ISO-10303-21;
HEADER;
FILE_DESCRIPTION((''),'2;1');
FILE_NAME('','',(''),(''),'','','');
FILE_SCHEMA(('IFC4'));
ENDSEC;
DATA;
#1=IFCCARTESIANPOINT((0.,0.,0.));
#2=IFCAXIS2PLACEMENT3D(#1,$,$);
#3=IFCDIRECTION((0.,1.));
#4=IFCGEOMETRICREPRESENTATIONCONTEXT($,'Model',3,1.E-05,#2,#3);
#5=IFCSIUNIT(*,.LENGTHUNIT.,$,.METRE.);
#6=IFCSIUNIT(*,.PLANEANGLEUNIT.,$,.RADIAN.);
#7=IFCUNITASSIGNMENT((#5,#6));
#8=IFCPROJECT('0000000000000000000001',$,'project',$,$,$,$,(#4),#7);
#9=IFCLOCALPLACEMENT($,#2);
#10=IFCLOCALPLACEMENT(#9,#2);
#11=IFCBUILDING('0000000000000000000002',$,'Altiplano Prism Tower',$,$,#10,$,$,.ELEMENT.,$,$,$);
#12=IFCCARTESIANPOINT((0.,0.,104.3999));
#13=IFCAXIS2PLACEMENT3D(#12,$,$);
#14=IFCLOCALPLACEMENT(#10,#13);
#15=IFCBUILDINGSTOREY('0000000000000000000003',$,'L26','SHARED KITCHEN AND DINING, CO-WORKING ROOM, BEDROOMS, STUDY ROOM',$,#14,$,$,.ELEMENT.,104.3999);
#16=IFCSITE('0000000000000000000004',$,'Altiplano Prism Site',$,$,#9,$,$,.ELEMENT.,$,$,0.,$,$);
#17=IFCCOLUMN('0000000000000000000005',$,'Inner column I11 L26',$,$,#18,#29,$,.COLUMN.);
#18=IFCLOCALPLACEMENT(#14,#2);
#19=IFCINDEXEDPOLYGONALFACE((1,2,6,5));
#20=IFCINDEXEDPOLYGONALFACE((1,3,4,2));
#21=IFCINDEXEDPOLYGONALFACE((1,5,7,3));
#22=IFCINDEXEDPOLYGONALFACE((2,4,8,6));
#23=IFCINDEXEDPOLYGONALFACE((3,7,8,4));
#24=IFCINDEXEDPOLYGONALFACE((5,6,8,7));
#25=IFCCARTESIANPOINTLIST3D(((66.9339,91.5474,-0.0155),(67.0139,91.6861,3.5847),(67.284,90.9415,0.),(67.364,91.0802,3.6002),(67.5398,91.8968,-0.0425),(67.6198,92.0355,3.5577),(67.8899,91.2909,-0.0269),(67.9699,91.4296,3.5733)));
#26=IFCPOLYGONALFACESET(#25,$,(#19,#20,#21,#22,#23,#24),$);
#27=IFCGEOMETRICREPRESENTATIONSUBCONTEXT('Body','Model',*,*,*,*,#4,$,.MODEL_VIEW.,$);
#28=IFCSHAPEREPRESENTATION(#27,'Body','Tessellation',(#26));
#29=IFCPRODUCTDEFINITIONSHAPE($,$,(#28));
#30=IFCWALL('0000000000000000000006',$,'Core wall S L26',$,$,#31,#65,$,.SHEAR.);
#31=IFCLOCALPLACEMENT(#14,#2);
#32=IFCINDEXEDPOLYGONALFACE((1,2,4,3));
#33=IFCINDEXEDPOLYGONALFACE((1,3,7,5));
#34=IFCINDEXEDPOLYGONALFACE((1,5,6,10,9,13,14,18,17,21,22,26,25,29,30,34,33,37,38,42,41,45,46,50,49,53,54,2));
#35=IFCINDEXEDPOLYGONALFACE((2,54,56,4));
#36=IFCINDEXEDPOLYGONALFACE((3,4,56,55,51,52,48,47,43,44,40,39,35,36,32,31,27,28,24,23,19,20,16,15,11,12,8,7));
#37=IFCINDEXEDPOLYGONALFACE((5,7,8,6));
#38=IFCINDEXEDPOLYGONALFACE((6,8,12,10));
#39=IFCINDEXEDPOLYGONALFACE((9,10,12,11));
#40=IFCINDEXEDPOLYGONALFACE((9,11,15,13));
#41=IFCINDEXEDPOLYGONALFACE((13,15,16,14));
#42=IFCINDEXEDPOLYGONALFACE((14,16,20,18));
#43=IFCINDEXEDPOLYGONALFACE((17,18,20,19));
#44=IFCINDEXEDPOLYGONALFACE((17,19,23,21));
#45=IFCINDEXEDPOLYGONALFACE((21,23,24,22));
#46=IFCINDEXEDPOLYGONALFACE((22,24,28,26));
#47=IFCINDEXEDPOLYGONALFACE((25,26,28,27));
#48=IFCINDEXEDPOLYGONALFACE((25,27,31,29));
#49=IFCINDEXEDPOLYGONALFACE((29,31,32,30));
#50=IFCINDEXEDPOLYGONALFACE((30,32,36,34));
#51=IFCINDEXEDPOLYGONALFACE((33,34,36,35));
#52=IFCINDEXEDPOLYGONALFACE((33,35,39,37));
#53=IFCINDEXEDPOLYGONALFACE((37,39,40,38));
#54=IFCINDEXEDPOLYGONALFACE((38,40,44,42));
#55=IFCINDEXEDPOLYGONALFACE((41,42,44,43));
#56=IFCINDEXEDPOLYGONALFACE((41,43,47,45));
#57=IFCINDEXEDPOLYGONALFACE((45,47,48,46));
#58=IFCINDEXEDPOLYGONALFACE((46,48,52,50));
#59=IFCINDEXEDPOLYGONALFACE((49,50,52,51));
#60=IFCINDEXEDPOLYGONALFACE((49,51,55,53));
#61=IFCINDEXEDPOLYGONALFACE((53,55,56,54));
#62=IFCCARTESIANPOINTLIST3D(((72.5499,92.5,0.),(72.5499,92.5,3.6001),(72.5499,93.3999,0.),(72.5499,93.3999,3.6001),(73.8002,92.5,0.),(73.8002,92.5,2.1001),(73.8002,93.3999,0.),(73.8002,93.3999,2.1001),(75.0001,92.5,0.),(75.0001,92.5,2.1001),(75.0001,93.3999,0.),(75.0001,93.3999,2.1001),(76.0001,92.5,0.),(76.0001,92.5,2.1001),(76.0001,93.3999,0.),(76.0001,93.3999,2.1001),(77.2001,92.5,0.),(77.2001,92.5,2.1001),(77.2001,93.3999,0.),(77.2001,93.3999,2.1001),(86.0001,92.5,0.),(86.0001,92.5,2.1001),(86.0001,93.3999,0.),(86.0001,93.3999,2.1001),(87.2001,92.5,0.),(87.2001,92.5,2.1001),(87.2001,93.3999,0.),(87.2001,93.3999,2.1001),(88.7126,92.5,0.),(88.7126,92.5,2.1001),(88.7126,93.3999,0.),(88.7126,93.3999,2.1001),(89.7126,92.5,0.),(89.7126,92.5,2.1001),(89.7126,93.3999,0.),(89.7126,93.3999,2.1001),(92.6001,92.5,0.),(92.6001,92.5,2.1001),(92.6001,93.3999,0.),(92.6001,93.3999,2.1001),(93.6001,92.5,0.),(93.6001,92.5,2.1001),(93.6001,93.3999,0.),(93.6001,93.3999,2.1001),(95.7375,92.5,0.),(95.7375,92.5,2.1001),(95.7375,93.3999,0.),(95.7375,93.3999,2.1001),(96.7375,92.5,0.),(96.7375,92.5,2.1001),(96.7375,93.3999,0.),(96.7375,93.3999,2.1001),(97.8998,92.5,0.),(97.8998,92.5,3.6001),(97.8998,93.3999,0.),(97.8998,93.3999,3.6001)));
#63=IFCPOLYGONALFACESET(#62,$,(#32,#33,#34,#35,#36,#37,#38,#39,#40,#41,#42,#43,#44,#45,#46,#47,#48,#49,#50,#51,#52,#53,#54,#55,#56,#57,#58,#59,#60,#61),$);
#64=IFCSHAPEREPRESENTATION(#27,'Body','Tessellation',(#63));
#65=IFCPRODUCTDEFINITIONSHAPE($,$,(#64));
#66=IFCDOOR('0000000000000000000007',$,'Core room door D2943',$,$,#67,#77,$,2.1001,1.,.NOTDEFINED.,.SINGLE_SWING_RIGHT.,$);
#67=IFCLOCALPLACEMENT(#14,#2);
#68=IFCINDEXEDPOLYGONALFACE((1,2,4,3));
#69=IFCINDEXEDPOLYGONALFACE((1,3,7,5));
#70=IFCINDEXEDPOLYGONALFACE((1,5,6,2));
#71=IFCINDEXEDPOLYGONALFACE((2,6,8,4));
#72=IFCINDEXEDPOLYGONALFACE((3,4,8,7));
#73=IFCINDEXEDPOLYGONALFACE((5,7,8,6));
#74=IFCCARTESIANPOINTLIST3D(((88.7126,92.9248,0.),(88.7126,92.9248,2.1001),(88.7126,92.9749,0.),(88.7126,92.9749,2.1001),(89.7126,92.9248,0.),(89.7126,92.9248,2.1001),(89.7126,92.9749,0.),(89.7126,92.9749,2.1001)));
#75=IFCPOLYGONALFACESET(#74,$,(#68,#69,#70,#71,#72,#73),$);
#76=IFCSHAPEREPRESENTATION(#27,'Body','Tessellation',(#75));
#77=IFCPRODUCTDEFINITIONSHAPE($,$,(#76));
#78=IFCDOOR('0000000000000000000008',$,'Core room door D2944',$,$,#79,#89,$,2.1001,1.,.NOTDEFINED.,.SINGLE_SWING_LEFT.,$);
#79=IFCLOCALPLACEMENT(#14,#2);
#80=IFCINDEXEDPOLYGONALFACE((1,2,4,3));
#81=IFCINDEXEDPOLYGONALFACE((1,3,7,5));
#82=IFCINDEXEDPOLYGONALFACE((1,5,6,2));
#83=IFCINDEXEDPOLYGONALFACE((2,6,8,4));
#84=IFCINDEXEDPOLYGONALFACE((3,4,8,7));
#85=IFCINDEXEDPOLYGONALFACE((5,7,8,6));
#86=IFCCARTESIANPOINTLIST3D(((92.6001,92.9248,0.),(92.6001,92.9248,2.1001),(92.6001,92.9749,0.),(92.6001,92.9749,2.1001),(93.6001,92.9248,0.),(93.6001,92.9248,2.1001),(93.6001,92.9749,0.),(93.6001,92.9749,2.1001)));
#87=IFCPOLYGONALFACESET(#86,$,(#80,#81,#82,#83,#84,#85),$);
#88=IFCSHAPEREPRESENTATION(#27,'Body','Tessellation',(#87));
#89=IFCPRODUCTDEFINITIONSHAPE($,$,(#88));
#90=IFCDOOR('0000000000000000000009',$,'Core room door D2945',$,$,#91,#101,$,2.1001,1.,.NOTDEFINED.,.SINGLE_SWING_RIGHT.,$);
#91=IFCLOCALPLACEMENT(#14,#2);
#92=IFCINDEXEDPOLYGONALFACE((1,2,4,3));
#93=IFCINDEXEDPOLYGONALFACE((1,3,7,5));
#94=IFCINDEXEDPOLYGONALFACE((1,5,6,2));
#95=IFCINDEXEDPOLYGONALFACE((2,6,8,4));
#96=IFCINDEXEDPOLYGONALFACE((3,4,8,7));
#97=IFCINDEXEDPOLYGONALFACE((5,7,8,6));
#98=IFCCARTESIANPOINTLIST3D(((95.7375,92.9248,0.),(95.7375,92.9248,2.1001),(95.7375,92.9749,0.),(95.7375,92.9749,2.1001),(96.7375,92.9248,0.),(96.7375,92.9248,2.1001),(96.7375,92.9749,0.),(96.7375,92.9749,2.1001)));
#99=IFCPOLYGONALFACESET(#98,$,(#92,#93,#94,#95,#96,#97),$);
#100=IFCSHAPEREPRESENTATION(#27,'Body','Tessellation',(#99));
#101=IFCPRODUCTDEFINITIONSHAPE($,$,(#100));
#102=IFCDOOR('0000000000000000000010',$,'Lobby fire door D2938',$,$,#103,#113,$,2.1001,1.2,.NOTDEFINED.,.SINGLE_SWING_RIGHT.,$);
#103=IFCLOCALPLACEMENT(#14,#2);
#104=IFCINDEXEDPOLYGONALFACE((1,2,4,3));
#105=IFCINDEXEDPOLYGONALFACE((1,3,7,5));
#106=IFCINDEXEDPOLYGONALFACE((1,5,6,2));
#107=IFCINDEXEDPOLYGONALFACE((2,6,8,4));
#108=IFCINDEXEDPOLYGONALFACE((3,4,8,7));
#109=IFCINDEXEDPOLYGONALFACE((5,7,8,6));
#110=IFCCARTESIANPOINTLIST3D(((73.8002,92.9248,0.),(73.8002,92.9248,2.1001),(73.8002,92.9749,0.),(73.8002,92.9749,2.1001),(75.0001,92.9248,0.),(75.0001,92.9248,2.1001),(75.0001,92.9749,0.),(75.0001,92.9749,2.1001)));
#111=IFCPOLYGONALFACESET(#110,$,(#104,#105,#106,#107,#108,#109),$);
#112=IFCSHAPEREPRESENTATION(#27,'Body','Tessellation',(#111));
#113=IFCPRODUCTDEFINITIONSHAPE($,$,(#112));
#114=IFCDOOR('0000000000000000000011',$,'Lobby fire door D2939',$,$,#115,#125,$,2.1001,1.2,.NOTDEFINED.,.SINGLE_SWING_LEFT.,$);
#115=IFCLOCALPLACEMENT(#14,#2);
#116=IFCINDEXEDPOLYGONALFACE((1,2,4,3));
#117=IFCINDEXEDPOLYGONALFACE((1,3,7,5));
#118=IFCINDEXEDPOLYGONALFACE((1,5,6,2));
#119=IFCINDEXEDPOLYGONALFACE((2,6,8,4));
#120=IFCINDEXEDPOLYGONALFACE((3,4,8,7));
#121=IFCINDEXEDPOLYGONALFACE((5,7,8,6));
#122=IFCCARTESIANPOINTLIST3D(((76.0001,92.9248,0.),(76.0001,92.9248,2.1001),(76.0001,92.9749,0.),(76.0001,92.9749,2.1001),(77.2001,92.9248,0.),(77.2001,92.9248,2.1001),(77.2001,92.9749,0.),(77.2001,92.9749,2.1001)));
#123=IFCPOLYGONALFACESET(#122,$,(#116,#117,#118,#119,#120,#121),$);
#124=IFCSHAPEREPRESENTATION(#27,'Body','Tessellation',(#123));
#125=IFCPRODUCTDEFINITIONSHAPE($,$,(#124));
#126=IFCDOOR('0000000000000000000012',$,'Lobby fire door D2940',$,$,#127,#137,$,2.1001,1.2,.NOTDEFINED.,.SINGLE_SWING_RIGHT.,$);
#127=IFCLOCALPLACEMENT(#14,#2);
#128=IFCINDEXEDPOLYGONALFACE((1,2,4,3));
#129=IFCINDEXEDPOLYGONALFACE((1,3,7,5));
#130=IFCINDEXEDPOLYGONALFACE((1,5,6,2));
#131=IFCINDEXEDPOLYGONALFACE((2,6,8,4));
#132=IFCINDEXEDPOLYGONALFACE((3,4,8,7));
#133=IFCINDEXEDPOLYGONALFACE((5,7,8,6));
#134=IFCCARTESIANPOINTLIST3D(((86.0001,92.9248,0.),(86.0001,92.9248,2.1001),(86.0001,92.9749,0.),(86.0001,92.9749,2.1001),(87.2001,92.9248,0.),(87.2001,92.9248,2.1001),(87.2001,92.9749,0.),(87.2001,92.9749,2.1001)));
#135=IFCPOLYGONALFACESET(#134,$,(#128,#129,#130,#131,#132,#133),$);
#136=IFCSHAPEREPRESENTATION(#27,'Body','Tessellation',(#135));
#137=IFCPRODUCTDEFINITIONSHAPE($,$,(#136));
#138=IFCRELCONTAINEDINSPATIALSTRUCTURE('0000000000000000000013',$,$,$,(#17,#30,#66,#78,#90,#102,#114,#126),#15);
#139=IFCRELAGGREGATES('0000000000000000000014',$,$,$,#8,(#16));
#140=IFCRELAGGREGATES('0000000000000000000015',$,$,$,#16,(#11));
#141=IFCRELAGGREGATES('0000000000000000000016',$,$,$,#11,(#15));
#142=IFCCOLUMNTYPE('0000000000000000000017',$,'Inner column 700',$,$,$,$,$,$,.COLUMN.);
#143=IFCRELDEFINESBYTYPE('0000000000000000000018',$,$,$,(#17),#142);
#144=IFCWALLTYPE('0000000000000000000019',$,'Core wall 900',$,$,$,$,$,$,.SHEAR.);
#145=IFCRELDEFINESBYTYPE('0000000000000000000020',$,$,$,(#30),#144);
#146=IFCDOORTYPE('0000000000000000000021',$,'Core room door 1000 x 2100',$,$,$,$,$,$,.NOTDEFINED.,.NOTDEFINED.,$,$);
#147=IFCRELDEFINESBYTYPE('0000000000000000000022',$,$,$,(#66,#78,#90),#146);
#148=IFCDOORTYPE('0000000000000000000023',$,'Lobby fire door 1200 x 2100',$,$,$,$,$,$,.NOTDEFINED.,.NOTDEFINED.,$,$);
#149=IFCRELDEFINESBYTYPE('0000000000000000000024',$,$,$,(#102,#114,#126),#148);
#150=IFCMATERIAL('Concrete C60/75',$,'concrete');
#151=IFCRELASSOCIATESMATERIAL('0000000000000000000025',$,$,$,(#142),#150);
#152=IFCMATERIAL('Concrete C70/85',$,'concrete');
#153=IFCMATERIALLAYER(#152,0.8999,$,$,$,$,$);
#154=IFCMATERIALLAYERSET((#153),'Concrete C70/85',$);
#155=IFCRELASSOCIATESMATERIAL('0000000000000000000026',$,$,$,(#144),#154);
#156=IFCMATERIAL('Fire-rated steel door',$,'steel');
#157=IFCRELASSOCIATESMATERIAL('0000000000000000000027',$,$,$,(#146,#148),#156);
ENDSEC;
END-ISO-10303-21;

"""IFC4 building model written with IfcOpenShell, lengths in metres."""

from ifc_helpers import new_model, si_unit, direction, frame, frame_2d, origin, origin_2d, place, context, subcontext, project, spatial, rectangle, extrude, material, layer, layer_set, material_profile, profile_set, type_object, element, fill, save


model = new_model("IFC4")

# Units and contexts
model_context = context("Model", 3, precision=1e-05, world=origin(), true_north=direction((0.0, 1.0)))
body_context = subcontext(model_context, "Body", "Model", "MODEL_VIEW")
ifc_project = project(units=[si_unit("LENGTHUNIT", "METRE"), si_unit("PLANEANGLEUNIT", "RADIAN")], contexts=[model_context])

# Site, building, storey
site_placement = place(None, origin())
site = spatial("IfcSite", under=ifc_project, at=site_placement, Name="Altiplano Prism Site", CompositionType="ELEMENT", RefElevation=0.0)
building_placement = place(site_placement, origin())
building = spatial("IfcBuilding", under=site, at=building_placement, Name="Altiplano Prism Tower", CompositionType="ELEMENT")
storey_placement = place(building_placement, frame((0.0, 0.0, 104.3999)))
storey = spatial("IfcBuildingStorey", under=building, at=storey_placement, Name="L26", Description="SHARED KITCHEN AND DINING, CO-WORKING ROOM, BEDROOMS, STUDY ROOM", CompositionType="ELEMENT", Elevation=104.3999)

# Column
ifc_material_1 = material(Name="Concrete C60/75", Category="concrete")
ifc_material_profile = material_profile(ifc_material_1, rectangle(XDim=0.7, YDim=0.7, at=origin_2d()), Name="Inner column 700")
ifc_profile_set = profile_set([ifc_material_profile], Name="Concrete C60/75")
column_type = type_object("IfcColumnType", Name="Inner column 700", PredefinedType="COLUMN", material=ifc_profile_set)
column_placement = place(storey_placement, frame((67.4119, 91.4192, -0.0212), z_axis=(0.022221, 0.038481, 0.999012), x_axis=(-0.865639, -0.499187, 0.038483)))
element("IfcColumn", 1, at=column_placement, inside=storey, type_object=column_type, Name="Inner column I11 L26", PredefinedType="COLUMN", context=body_context, shape_type="SweptSolid", body=[
    extrude(rectangle(XDim=0.7, YDim=0.7, at=origin_2d()), origin(), (0.0, 0.0, 1.0), 3.6038),
])

# Wall, openings, doors
ifc_material_2 = material(Name="Concrete C70/85", Category="concrete")
ifc_layer_1 = layer(ifc_material_2, 0.8999)
ifc_layer_set_1 = layer_set([ifc_layer_1], Name="Concrete C70/85")
wall_type_1 = type_object("IfcWallType", Name="Core wall 900", PredefinedType="SHEAR", material=ifc_layer_set_1)
wall_1_placement = place(storey_placement, frame((72.55, 92.95, 0.0), z_axis=(0.0, 0.0, 1.0), x_axis=(1.0, 0.0, 0.0)))
wall_1 = element("IfcWall", 2, at=wall_1_placement, inside=storey, type_object=wall_type_1, Name="Core wall S L26", PredefinedType="SHEAR", context=body_context, shape_type="SweptSolid", body=[
    extrude(rectangle(XDim=25.3499, YDim=0.8999, at=frame_2d((12.6748, 0.0))), origin(), (0.0, 0.0, 1.0), 3.6001),
])
opening_1_placement = place(wall_1_placement, frame((1.25, 0.0, 0.0)))
opening_1 = element("IfcOpeningElement", 3, at=opening_1_placement, cuts=wall_1, PredefinedType="OPENING", context=body_context, shape_type="SweptSolid", body=[
    extrude(rectangle(XDim=1.2, YDim=2.1001, at=frame_2d((0.6001, 1.05))), frame((0.0, 0.4604, 0.0), z_axis=(0.0, -1.0, 0.0), x_axis=(1.0, 0.0, 0.0)), (0.0, 0.0, 1.0), 0.9209),
])
opening_2_placement = place(wall_1_placement, frame((3.45, 0.0, 0.0)))
opening_2 = element("IfcOpeningElement", 4, at=opening_2_placement, cuts=wall_1, PredefinedType="OPENING", context=body_context, shape_type="SweptSolid", body=[
    extrude(rectangle(XDim=1.2, YDim=2.1001, at=frame_2d((0.6001, 1.05))), frame((0.0, 0.4604, 0.0), z_axis=(0.0, -1.0, 0.0), x_axis=(1.0, 0.0, 0.0)), (0.0, 0.0, 1.0), 0.9209),
])
opening_3_placement = place(wall_1_placement, frame((13.45, 0.0, 0.0)))
opening_3 = element("IfcOpeningElement", 5, at=opening_3_placement, cuts=wall_1, PredefinedType="OPENING", context=body_context, shape_type="SweptSolid", body=[
    extrude(rectangle(XDim=1.2, YDim=2.1001, at=frame_2d((0.6001, 1.05))), frame((0.0, 0.4604, 0.0), z_axis=(0.0, -1.0, 0.0), x_axis=(1.0, 0.0, 0.0)), (0.0, 0.0, 1.0), 0.9209),
])
opening_4_placement = place(wall_1_placement, frame((16.1626, 0.0, 0.0)))
opening_4 = element("IfcOpeningElement", 6, at=opening_4_placement, cuts=wall_1, PredefinedType="OPENING", context=body_context, shape_type="SweptSolid", body=[
    extrude(rectangle(XDim=1.0, YDim=2.1001, at=frame_2d((0.5, 1.05))), frame((0.0, 0.4604, 0.0), z_axis=(0.0, -1.0, 0.0), x_axis=(1.0, 0.0, 0.0)), (0.0, 0.0, 1.0), 0.9209),
])
opening_5_placement = place(wall_1_placement, frame((20.05, 0.0, 0.0)))
opening_5 = element("IfcOpeningElement", 7, at=opening_5_placement, cuts=wall_1, PredefinedType="OPENING", context=body_context, shape_type="SweptSolid", body=[
    extrude(rectangle(XDim=1.0, YDim=2.1001, at=frame_2d((0.5, 1.05))), frame((0.0, 0.4604, 0.0), z_axis=(0.0, -1.0, 0.0), x_axis=(1.0, 0.0, 0.0)), (0.0, 0.0, 1.0), 0.9209),
])
opening_6_placement = place(wall_1_placement, frame((23.1875, 0.0, 0.0)))
opening_6 = element("IfcOpeningElement", 8, at=opening_6_placement, cuts=wall_1, PredefinedType="OPENING", context=body_context, shape_type="SweptSolid", body=[
    extrude(rectangle(XDim=1.0, YDim=2.1001, at=frame_2d((0.5, 1.05))), frame((0.0, 0.4604, 0.0), z_axis=(0.0, -1.0, 0.0), x_axis=(1.0, 0.0, 0.0)), (0.0, 0.0, 1.0), 0.9209),
])
ifc_material_3 = material(Name="Fire-rated steel door", Category="steel")
door_type_1 = type_object("IfcDoorType", Name="Core room door 1000 x 2100", OperationType="NOTDEFINED", PredefinedType="NOTDEFINED", material=ifc_material_3)
door_1_placement = place(opening_4_placement, origin())
door_1 = element("IfcDoor", 9, at=door_1_placement, inside=storey, type_object=door_type_1, Name="Core room door D2943", OperationType="SINGLE_SWING_RIGHT", OverallHeight=2.1001, OverallWidth=1.0, PredefinedType="NOTDEFINED", context=body_context, shape_type="SweptSolid", body=[
    extrude(rectangle(XDim=1.0, YDim=2.1001, at=frame_2d((0.5, 1.05))), frame((0.0, 0.0249, 0.0), z_axis=(0.0, -1.0, 0.0), x_axis=(1.0, 0.0, 0.0)), (0.0, 0.0, 1.0), 0.05),
])
fill(opening_4, door_1)
door_2_placement = place(opening_5_placement, origin())
door_2 = element("IfcDoor", 10, at=door_2_placement, inside=storey, type_object=door_type_1, Name="Core room door D2944", OperationType="SINGLE_SWING_LEFT", OverallHeight=2.1001, OverallWidth=1.0, PredefinedType="NOTDEFINED", context=body_context, shape_type="SweptSolid", body=[
    extrude(rectangle(XDim=1.0, YDim=2.1001, at=frame_2d((0.5, 1.05))), frame((0.0, 0.0249, 0.0), z_axis=(0.0, -1.0, 0.0), x_axis=(1.0, 0.0, 0.0)), (0.0, 0.0, 1.0), 0.05),
])
fill(opening_5, door_2)
door_3_placement = place(opening_6_placement, origin())
door_3 = element("IfcDoor", 11, at=door_3_placement, inside=storey, type_object=door_type_1, Name="Core room door D2945", OperationType="SINGLE_SWING_RIGHT", OverallHeight=2.1001, OverallWidth=1.0, PredefinedType="NOTDEFINED", context=body_context, shape_type="SweptSolid", body=[
    extrude(rectangle(XDim=1.0, YDim=2.1001, at=frame_2d((0.5, 1.05))), frame((0.0, 0.0249, 0.0), z_axis=(0.0, -1.0, 0.0), x_axis=(1.0, 0.0, 0.0)), (0.0, 0.0, 1.0), 0.05),
])
fill(opening_6, door_3)
door_type_2 = type_object("IfcDoorType", Name="Lobby fire door 1200 x 2100", OperationType="NOTDEFINED", PredefinedType="NOTDEFINED", material=ifc_material_3)
door_4_placement = place(opening_1_placement, origin())
door_4 = element("IfcDoor", 12, at=door_4_placement, inside=storey, type_object=door_type_2, Name="Lobby fire door D2938", OperationType="SINGLE_SWING_RIGHT", OverallHeight=2.1001, OverallWidth=1.2, PredefinedType="NOTDEFINED", context=body_context, shape_type="SweptSolid", body=[
    extrude(rectangle(XDim=1.2, YDim=2.1001, at=frame_2d((0.6001, 1.05))), frame((0.0, 0.0249, 0.0), z_axis=(0.0, -1.0, 0.0), x_axis=(1.0, 0.0, 0.0)), (0.0, 0.0, 1.0), 0.05),
])
fill(opening_1, door_4)
door_5_placement = place(opening_2_placement, origin())
door_5 = element("IfcDoor", 13, at=door_5_placement, inside=storey, type_object=door_type_2, Name="Lobby fire door D2939", OperationType="SINGLE_SWING_LEFT", OverallHeight=2.1001, OverallWidth=1.2, PredefinedType="NOTDEFINED", context=body_context, shape_type="SweptSolid", body=[
    extrude(rectangle(XDim=1.2, YDim=2.1001, at=frame_2d((0.6001, 1.05))), frame((0.0, 0.0249, 0.0), z_axis=(0.0, -1.0, 0.0), x_axis=(1.0, 0.0, 0.0)), (0.0, 0.0, 1.0), 0.05),
])
fill(opening_2, door_5)
door_6_placement = place(opening_3_placement, origin())
door_6 = element("IfcDoor", 14, at=door_6_placement, inside=storey, type_object=door_type_2, Name="Lobby fire door D2940", OperationType="SINGLE_SWING_RIGHT", OverallHeight=2.1001, OverallWidth=1.2, PredefinedType="NOTDEFINED", context=body_context, shape_type="SweptSolid", body=[
    extrude(rectangle(XDim=1.2, YDim=2.1001, at=frame_2d((0.6001, 1.05))), frame((0.0, 0.0249, 0.0), z_axis=(0.0, -1.0, 0.0), x_axis=(1.0, 0.0, 0.0)), (0.0, 0.0, 1.0), 0.05),
])
fill(opening_3, door_6)

save(model, "model.ifc")
